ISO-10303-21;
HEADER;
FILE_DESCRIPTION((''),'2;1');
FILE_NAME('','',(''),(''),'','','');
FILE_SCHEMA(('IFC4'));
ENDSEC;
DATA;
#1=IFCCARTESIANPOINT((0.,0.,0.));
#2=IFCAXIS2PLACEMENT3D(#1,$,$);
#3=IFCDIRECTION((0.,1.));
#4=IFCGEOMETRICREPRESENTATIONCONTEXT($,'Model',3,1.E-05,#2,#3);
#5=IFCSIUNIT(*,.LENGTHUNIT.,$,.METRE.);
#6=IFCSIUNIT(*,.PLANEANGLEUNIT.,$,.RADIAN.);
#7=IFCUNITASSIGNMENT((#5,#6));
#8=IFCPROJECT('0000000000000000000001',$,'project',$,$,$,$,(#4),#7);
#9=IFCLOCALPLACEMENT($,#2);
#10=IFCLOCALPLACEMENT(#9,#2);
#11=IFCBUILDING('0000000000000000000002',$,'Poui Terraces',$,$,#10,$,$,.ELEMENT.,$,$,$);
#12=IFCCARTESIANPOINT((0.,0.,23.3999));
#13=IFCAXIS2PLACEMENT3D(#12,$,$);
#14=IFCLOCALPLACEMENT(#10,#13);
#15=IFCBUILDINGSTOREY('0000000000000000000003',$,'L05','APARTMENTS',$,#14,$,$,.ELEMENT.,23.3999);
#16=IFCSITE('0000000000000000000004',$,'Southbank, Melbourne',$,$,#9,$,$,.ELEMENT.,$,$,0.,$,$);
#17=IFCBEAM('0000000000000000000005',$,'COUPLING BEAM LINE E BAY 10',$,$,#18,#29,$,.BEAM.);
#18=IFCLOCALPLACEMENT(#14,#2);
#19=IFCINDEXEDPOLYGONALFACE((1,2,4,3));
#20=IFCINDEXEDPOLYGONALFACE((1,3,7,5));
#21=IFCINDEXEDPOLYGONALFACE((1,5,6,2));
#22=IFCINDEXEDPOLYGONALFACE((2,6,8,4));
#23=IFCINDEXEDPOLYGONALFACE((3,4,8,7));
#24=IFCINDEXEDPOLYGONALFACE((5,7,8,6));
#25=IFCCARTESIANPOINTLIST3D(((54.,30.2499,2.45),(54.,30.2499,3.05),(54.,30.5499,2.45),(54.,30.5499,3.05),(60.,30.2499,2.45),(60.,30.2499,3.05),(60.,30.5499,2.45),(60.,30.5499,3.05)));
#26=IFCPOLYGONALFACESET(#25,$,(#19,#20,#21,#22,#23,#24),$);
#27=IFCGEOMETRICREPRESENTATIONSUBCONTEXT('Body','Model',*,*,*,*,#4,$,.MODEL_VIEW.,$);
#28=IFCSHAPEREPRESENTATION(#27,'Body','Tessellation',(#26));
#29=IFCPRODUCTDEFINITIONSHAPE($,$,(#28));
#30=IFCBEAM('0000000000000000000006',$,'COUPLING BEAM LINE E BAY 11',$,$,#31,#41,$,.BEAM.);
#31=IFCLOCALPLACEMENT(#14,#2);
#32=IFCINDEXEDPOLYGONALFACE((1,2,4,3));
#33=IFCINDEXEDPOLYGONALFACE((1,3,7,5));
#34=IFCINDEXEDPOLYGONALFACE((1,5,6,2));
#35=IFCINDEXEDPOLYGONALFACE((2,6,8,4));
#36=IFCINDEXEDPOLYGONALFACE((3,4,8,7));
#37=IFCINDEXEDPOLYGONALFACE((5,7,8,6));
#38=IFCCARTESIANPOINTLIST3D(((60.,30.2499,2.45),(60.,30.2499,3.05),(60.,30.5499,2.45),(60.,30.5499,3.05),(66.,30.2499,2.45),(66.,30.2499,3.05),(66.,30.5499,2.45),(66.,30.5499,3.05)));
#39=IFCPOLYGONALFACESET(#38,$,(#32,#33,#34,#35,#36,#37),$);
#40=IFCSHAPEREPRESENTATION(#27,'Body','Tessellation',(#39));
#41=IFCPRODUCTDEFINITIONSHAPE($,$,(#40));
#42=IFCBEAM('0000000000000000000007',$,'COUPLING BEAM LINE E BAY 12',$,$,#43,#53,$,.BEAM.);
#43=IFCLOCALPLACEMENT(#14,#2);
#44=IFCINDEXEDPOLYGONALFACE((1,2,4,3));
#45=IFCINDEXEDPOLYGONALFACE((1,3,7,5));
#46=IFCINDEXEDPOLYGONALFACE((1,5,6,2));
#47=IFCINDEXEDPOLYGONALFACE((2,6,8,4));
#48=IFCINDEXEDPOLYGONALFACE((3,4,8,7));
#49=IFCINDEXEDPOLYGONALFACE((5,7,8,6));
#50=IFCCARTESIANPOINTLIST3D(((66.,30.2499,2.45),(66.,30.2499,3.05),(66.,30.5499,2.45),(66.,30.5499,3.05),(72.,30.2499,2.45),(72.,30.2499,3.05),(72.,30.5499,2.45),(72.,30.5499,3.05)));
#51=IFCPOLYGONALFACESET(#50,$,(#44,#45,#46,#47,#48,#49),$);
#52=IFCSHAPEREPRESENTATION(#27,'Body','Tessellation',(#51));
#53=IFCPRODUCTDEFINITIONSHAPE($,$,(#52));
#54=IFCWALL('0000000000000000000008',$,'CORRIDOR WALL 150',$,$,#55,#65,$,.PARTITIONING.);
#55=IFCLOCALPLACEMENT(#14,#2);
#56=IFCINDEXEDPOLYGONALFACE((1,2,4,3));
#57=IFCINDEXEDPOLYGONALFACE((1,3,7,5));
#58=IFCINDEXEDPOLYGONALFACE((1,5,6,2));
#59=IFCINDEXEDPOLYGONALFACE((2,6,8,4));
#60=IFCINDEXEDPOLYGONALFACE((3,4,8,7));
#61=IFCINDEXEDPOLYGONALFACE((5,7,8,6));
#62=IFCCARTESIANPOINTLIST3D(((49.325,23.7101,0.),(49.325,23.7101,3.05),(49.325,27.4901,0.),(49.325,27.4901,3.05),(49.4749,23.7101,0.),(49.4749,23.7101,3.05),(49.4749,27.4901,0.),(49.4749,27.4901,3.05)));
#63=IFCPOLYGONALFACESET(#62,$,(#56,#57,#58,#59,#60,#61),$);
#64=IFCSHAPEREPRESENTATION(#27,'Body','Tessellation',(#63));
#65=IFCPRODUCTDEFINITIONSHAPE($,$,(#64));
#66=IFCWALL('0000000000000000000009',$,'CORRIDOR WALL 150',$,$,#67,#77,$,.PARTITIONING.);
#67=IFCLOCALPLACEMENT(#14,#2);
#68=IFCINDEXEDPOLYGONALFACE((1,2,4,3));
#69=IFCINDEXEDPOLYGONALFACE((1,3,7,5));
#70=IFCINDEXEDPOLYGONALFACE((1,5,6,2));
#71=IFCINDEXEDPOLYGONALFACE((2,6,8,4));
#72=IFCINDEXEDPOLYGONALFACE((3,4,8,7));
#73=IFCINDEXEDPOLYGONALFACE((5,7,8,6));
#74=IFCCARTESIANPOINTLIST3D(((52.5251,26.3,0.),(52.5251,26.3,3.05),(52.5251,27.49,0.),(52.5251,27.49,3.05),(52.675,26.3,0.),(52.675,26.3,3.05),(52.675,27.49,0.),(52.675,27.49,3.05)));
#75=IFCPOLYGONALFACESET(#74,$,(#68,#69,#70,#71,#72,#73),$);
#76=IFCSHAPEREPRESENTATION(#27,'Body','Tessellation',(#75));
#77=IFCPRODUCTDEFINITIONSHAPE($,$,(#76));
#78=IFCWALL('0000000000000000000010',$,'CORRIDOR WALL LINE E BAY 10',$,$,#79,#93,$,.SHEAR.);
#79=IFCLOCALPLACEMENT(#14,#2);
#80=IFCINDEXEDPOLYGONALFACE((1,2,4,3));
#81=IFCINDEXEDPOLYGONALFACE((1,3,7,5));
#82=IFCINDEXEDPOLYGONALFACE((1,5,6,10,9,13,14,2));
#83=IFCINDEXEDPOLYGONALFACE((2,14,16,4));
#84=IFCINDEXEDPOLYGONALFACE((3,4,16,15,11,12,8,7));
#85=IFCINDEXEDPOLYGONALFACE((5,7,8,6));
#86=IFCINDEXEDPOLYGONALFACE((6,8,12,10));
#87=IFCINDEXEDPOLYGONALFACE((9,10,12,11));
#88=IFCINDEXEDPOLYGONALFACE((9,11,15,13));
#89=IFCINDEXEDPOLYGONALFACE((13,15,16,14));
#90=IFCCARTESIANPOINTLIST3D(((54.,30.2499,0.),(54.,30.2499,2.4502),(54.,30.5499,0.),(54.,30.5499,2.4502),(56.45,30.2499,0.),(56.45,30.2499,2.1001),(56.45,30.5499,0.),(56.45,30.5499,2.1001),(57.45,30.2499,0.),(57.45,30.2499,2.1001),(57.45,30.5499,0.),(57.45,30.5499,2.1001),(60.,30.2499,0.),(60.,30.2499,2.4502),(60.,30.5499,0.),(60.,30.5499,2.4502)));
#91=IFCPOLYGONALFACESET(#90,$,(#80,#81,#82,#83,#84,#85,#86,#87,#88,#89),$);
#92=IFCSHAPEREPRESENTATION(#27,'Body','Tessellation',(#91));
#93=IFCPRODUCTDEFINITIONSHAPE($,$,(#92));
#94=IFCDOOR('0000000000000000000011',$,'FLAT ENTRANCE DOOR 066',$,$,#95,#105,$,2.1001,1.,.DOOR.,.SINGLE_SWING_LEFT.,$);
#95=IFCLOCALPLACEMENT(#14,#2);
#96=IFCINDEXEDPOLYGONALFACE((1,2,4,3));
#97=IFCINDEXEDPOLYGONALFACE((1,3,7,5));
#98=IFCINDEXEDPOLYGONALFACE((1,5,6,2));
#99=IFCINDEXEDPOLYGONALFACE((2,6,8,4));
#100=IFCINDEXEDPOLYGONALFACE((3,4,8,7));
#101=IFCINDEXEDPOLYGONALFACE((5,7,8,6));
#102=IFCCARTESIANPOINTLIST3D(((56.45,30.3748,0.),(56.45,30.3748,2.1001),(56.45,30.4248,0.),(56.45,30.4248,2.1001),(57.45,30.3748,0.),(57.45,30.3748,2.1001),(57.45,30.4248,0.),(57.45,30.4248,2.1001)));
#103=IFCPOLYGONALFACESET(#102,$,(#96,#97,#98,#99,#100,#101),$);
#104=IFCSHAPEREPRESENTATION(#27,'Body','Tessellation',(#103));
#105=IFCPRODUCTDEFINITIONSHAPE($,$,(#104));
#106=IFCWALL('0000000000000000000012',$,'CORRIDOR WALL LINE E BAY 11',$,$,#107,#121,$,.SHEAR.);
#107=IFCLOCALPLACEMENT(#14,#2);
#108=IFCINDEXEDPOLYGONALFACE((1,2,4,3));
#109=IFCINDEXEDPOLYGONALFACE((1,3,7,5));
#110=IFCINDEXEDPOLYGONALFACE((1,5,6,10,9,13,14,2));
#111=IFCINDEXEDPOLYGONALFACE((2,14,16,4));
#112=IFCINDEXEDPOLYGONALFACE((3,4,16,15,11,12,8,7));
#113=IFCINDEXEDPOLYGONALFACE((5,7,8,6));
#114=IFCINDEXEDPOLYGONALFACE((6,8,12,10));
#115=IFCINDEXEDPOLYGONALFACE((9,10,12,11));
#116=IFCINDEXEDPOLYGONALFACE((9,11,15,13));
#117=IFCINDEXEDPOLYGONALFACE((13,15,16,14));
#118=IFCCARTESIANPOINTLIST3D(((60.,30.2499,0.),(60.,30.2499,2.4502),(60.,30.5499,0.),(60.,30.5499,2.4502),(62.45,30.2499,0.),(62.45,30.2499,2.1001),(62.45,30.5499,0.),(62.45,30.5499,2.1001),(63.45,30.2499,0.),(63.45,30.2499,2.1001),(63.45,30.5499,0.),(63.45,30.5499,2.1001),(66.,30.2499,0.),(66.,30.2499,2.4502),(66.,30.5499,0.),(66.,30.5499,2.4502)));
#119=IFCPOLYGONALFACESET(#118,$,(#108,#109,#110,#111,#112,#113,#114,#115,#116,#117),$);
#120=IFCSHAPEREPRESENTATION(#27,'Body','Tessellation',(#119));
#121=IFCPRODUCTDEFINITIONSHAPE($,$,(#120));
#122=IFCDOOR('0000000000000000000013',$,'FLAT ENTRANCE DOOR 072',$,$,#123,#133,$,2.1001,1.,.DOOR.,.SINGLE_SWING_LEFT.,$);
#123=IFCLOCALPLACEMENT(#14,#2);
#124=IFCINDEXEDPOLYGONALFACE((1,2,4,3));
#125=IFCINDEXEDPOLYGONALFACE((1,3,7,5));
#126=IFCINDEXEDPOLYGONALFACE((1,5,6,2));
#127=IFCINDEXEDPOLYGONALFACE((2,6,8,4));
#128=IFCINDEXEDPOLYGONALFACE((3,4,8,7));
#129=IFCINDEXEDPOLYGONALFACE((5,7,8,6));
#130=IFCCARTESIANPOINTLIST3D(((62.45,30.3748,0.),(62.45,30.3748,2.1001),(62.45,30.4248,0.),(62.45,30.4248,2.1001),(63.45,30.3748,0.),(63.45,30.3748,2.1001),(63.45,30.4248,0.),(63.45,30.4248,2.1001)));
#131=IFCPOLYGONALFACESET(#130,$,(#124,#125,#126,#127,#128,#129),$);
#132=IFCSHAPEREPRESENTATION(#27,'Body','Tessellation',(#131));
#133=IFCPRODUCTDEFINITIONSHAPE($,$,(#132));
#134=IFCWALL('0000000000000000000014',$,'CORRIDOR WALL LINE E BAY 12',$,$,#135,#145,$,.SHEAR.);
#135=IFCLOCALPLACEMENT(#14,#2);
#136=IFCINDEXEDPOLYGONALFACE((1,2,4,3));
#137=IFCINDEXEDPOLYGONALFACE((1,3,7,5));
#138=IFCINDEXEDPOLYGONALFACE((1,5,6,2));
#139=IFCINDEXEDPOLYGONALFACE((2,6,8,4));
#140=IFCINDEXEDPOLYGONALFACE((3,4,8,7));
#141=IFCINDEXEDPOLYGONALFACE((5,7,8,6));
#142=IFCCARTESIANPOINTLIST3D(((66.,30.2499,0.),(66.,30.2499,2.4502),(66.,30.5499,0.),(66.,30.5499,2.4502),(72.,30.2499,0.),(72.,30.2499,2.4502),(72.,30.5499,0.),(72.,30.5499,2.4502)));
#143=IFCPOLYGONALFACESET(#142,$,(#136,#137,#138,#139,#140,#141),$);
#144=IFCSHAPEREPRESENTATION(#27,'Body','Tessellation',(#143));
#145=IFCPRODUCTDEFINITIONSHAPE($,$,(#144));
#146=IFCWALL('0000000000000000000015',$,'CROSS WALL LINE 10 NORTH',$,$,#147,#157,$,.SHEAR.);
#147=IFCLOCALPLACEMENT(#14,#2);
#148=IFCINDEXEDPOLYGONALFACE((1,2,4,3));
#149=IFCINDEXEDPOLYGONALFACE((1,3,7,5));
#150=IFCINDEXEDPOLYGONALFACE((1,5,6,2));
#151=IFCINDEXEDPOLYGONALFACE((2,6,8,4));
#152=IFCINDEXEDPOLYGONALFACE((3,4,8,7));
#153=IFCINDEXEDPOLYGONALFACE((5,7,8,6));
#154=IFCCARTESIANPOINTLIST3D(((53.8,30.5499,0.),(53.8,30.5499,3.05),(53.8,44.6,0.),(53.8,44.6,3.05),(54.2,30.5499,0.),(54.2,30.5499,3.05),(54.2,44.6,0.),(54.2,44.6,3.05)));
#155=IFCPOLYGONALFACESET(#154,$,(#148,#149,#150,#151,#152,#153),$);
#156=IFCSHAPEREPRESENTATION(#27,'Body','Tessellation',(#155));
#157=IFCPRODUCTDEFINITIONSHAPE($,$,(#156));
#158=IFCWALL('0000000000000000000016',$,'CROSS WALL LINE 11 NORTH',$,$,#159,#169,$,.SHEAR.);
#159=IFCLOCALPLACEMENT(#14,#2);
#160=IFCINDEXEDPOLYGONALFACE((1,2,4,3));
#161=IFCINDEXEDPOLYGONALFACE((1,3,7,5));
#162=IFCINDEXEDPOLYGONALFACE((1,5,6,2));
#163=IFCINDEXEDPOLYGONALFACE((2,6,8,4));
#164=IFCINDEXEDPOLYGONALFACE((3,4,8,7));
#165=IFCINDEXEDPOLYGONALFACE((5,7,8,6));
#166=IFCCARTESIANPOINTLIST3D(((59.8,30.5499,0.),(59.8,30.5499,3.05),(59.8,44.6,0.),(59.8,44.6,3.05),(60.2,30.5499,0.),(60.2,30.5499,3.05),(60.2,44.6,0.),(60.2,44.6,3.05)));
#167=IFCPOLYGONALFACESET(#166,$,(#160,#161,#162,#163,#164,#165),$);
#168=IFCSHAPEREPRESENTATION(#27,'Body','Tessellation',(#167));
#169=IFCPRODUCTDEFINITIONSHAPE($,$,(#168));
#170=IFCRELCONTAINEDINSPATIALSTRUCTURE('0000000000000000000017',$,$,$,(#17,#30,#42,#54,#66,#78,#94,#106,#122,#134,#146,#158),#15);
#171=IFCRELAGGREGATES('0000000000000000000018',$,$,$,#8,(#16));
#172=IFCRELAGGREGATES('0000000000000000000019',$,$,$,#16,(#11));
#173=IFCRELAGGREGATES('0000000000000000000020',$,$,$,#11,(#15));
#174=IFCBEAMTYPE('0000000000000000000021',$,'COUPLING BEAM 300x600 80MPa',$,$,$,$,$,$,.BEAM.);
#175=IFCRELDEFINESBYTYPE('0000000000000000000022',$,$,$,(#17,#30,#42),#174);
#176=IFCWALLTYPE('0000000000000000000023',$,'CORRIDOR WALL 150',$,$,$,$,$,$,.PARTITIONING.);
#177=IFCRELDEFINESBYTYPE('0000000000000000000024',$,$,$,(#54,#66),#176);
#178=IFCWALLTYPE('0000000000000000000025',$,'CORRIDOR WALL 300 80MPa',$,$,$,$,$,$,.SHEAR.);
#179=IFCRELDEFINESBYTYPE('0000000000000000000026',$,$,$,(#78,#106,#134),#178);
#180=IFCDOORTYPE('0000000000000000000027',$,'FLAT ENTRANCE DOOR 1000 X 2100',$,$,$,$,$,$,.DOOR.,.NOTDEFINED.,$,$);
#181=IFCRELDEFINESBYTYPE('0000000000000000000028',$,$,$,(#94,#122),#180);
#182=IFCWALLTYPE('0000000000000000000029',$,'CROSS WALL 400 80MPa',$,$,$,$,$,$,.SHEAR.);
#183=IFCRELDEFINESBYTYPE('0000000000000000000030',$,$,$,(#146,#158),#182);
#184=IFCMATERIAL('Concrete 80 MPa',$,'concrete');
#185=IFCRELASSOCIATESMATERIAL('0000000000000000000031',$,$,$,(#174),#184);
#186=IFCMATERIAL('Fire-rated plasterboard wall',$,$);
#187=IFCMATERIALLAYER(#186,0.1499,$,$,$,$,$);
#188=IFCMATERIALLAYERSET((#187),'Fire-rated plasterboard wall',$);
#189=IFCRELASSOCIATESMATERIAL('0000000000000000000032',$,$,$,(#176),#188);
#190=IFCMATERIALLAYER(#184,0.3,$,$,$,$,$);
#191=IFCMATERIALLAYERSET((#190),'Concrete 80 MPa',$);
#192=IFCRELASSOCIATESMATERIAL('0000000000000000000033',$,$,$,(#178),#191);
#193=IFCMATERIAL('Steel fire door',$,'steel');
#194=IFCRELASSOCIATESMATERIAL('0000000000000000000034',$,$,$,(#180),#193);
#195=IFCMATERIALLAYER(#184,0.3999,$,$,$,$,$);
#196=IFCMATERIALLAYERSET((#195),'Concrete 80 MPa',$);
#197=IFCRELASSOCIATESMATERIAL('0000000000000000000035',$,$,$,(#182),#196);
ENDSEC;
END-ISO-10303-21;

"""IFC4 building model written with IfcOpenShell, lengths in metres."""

from ifc_helpers import new_model, si_unit, direction, frame, frame_2d, origin, origin_2d, place, context, subcontext, project, spatial, rectangle, extrude, source, transform, mapped, material, layer, layer_set, material_profile, profile_set, type_object, element, fill, save


model = new_model("IFC4")

# Units and contexts
model_context = context("Model", 3, precision=1e-05, world=origin(), true_north=direction((0.0, 1.0)))
body_context = subcontext(model_context, "Body", "Model", "MODEL_VIEW")
ifc_project = project(units=[si_unit("LENGTHUNIT", "METRE"), si_unit("PLANEANGLEUNIT", "RADIAN")], contexts=[model_context])

# Site, building, storey
site_placement = place(None, origin())
site = spatial("IfcSite", under=ifc_project, at=site_placement, Name="Southbank, Melbourne", CompositionType="ELEMENT", RefElevation=0.0)
building_placement = place(site_placement, origin())
building = spatial("IfcBuilding", under=site, at=building_placement, Name="Poui Terraces", CompositionType="ELEMENT")
storey_placement = place(building_placement, frame((0.0, 0.0, 23.3999)))
storey = spatial("IfcBuildingStorey", under=building, at=storey_placement, Name="L05", Description="APARTMENTS", CompositionType="ELEMENT", Elevation=23.3999)

# Beams
ifc_material_1 = material(Name="Concrete 80 MPa", Category="concrete")
ifc_material_profile = material_profile(ifc_material_1, rectangle(XDim=0.3, YDim=0.6001, at=origin_2d()), Name="RC 300x600")
ifc_profile_set = profile_set([ifc_material_profile], Name="Concrete 80 MPa")
beam_type = type_object("IfcBeamType", Name="COUPLING BEAM 300x600 80MPa", PredefinedType="BEAM", material=ifc_profile_set)
shared_shape = source(origin(), body_context, "Body", "SweptSolid", [
    extrude(rectangle(XDim=0.3, YDim=0.6001, at=origin_2d()), origin(), (0.0, 0.0, 1.0), 6.0),
])
for number, where, z_axis, x_axis, name in (
    (1, (54.0, 30.3999, 2.75), (1.0, 0.0, 0.0), (0.0, 1.0, 0.0), "COUPLING BEAM LINE E BAY 10"),
    (2, (60.0, 30.3999, 2.75), (1.0, 0.0, 0.0), (0.0, 1.0, 0.0), "COUPLING BEAM LINE E BAY 11"),
    (3, (66.0, 30.3999, 2.75), (1.0, 0.0, 0.0), (0.0, 1.0, 0.0), "COUPLING BEAM LINE E BAY 12"),
):
    element("IfcBeam", number, at=place(storey_placement, frame(where, z_axis=z_axis, x_axis=x_axis)), inside=storey, type_object=beam_type, Name=name, PredefinedType="BEAM", context=body_context, shape_type="MappedRepresentation", body=[
        mapped(shared_shape, transform((0.0, 0.0, 0.0))),
    ])

# Walls
ifc_material_2 = material(Name="Fire-rated plasterboard wall")
ifc_layer_1 = layer(ifc_material_2, 0.1499)
ifc_layer_set_1 = layer_set([ifc_layer_1], Name="Fire-rated plasterboard wall")
wall_type_1 = type_object("IfcWallType", Name="CORRIDOR WALL 150", PredefinedType="PARTITIONING", material=ifc_layer_set_1)
wall_1_placement = place(storey_placement, frame((49.3999, 23.71, 0.0), z_axis=(0.0, 0.0, 1.0), x_axis=(0.0, 1.0, 0.0)))
element("IfcWall", 4, at=wall_1_placement, inside=storey, type_object=wall_type_1, Name="CORRIDOR WALL 150", PredefinedType="PARTITIONING", context=body_context, shape_type="SweptSolid", body=[
    extrude(rectangle(XDim=3.78, YDim=0.1499, at=frame_2d((1.8901, 0.0))), origin(), (0.0, 0.0, 1.0), 3.05),
])
wall_2_placement = place(storey_placement, frame((52.6001, 26.3, 0.0), z_axis=(0.0, 0.0, 1.0), x_axis=(0.0, 1.0, 0.0)))
element("IfcWall", 5, at=wall_2_placement, inside=storey, type_object=wall_type_1, Name="CORRIDOR WALL 150", PredefinedType="PARTITIONING", context=body_context, shape_type="SweptSolid", body=[
    extrude(rectangle(XDim=1.1899, YDim=0.1499, at=frame_2d((0.595, 0.0))), origin(), (0.0, 0.0, 1.0), 3.05),
])

# Walls, openings, doors
ifc_layer_2 = layer(ifc_material_1, 0.3)
ifc_layer_set_2 = layer_set([ifc_layer_2], Name="Concrete 80 MPa")
wall_type_2 = type_object("IfcWallType", Name="CORRIDOR WALL 300 80MPa", PredefinedType="SHEAR", material=ifc_layer_set_2)
wall_3_placement = place(storey_placement, frame((54.0, 30.3999, 0.0), z_axis=(0.0, 0.0, 1.0), x_axis=(1.0, 0.0, 0.0)))
wall_3 = element("IfcWall", 6, at=wall_3_placement, inside=storey, type_object=wall_type_2, Name="CORRIDOR WALL LINE E BAY 10", PredefinedType="SHEAR", context=body_context, shape_type="SweptSolid", body=[
    extrude(rectangle(XDim=6.0, YDim=0.3, at=frame_2d((3.0, 0.0))), origin(), (0.0, 0.0, 1.0), 2.4502),
])
opening_1_placement = place(wall_3_placement, frame((2.45, 0.0, 0.0)))
opening_1 = element("IfcOpeningElement", 7, at=opening_1_placement, cuts=wall_3, PredefinedType="OPENING", context=body_context, shape_type="SweptSolid", body=[
    extrude(rectangle(XDim=1.0, YDim=2.1001, at=frame_2d((0.5, 1.05))), frame((0.0, 0.1602, 0.0), z_axis=(0.0, -1.0, 0.0), x_axis=(1.0, 0.0, 0.0)), (0.0, 0.0, 1.0), 0.3201),
])
ifc_material_3 = material(Name="Steel fire door", Category="steel")
door_type_1 = type_object("IfcDoorType", Name="FLAT ENTRANCE DOOR 1000 X 2100", OperationType="NOTDEFINED", PredefinedType="DOOR", material=ifc_material_3)
door_1_placement = place(opening_1_placement, origin())
door_1 = element("IfcDoor", 8, at=door_1_placement, inside=storey, type_object=door_type_1, Name="FLAT ENTRANCE DOOR 066", OperationType="SINGLE_SWING_LEFT", OverallHeight=2.1001, OverallWidth=1.0, PredefinedType="DOOR", context=body_context, shape_type="SweptSolid", body=[
    extrude(rectangle(XDim=1.0, YDim=2.1001, at=frame_2d((0.5, 1.05))), frame((0.0, 0.0249, 0.0), z_axis=(0.0, -1.0, 0.0), x_axis=(1.0, 0.0, 0.0)), (0.0, 0.0, 1.0), 0.05),
])
fill(opening_1, door_1)
wall_4_placement = place(storey_placement, frame((60.0, 30.3999, 0.0), z_axis=(0.0, 0.0, 1.0), x_axis=(1.0, 0.0, 0.0)))
wall_4 = element("IfcWall", 9, at=wall_4_placement, inside=storey, type_object=wall_type_2, Name="CORRIDOR WALL LINE E BAY 11", PredefinedType="SHEAR", context=body_context, shape_type="SweptSolid", body=[
    extrude(rectangle(XDim=6.0, YDim=0.3, at=frame_2d((3.0, 0.0))), origin(), (0.0, 0.0, 1.0), 2.4502),
])
opening_2_placement = place(wall_4_placement, frame((2.45, 0.0, 0.0)))
opening_2 = element("IfcOpeningElement", 10, at=opening_2_placement, cuts=wall_4, PredefinedType="OPENING", context=body_context, shape_type="SweptSolid", body=[
    extrude(rectangle(XDim=1.0, YDim=2.1001, at=frame_2d((0.5, 1.05))), frame((0.0, 0.1602, 0.0), z_axis=(0.0, -1.0, 0.0), x_axis=(1.0, 0.0, 0.0)), (0.0, 0.0, 1.0), 0.3201),
])
door_2_placement = place(opening_2_placement, origin())
door_2 = element("IfcDoor", 11, at=door_2_placement, inside=storey, type_object=door_type_1, Name="FLAT ENTRANCE DOOR 072", OperationType="SINGLE_SWING_LEFT", OverallHeight=2.1001, OverallWidth=1.0, PredefinedType="DOOR", context=body_context, shape_type="SweptSolid", body=[
    extrude(rectangle(XDim=1.0, YDim=2.1001, at=frame_2d((0.5, 1.05))), frame((0.0, 0.0249, 0.0), z_axis=(0.0, -1.0, 0.0), x_axis=(1.0, 0.0, 0.0)), (0.0, 0.0, 1.0), 0.05),
])
fill(opening_2, door_2)

# Walls
wall_5_placement = place(storey_placement, frame((66.0, 30.3999, 0.0), z_axis=(0.0, 0.0, 1.0), x_axis=(1.0, 0.0, 0.0)))
element("IfcWall", 12, at=wall_5_placement, inside=storey, type_object=wall_type_2, Name="CORRIDOR WALL LINE E BAY 12", PredefinedType="SHEAR", context=body_context, shape_type="SweptSolid", body=[
    extrude(rectangle(XDim=6.0, YDim=0.3, at=frame_2d((3.0, 0.0))), origin(), (0.0, 0.0, 1.0), 2.4502),
])
ifc_layer_3 = layer(ifc_material_1, 0.3999)
ifc_layer_set_3 = layer_set([ifc_layer_3], Name="Concrete 80 MPa")
wall_type_3 = type_object("IfcWallType", Name="CROSS WALL 400 80MPa", PredefinedType="SHEAR", material=ifc_layer_set_3)
for number, where, z_axis, x_axis, name in (
    (13, (54.0, 30.55, 0.0), (0.0, 0.0, 1.0), (0.0, 1.0, 0.0), "CROSS WALL LINE 10 NORTH"),
    (14, (60.0, 30.55, 0.0), (0.0, 0.0, 1.0), (0.0, 1.0, 0.0), "CROSS WALL LINE 11 NORTH"),
):
    element("IfcWall", number, at=place(storey_placement, frame(where, z_axis=z_axis, x_axis=x_axis)), inside=storey, type_object=wall_type_3, Name=name, PredefinedType="SHEAR", context=body_context, shape_type="SweptSolid", body=[
        extrude(rectangle(XDim=14.05, YDim=0.3999, at=frame_2d((7.0249, 0.0))), origin(), (0.0, 0.0, 1.0), 3.05),
    ])

save(model, "model.ifc")
